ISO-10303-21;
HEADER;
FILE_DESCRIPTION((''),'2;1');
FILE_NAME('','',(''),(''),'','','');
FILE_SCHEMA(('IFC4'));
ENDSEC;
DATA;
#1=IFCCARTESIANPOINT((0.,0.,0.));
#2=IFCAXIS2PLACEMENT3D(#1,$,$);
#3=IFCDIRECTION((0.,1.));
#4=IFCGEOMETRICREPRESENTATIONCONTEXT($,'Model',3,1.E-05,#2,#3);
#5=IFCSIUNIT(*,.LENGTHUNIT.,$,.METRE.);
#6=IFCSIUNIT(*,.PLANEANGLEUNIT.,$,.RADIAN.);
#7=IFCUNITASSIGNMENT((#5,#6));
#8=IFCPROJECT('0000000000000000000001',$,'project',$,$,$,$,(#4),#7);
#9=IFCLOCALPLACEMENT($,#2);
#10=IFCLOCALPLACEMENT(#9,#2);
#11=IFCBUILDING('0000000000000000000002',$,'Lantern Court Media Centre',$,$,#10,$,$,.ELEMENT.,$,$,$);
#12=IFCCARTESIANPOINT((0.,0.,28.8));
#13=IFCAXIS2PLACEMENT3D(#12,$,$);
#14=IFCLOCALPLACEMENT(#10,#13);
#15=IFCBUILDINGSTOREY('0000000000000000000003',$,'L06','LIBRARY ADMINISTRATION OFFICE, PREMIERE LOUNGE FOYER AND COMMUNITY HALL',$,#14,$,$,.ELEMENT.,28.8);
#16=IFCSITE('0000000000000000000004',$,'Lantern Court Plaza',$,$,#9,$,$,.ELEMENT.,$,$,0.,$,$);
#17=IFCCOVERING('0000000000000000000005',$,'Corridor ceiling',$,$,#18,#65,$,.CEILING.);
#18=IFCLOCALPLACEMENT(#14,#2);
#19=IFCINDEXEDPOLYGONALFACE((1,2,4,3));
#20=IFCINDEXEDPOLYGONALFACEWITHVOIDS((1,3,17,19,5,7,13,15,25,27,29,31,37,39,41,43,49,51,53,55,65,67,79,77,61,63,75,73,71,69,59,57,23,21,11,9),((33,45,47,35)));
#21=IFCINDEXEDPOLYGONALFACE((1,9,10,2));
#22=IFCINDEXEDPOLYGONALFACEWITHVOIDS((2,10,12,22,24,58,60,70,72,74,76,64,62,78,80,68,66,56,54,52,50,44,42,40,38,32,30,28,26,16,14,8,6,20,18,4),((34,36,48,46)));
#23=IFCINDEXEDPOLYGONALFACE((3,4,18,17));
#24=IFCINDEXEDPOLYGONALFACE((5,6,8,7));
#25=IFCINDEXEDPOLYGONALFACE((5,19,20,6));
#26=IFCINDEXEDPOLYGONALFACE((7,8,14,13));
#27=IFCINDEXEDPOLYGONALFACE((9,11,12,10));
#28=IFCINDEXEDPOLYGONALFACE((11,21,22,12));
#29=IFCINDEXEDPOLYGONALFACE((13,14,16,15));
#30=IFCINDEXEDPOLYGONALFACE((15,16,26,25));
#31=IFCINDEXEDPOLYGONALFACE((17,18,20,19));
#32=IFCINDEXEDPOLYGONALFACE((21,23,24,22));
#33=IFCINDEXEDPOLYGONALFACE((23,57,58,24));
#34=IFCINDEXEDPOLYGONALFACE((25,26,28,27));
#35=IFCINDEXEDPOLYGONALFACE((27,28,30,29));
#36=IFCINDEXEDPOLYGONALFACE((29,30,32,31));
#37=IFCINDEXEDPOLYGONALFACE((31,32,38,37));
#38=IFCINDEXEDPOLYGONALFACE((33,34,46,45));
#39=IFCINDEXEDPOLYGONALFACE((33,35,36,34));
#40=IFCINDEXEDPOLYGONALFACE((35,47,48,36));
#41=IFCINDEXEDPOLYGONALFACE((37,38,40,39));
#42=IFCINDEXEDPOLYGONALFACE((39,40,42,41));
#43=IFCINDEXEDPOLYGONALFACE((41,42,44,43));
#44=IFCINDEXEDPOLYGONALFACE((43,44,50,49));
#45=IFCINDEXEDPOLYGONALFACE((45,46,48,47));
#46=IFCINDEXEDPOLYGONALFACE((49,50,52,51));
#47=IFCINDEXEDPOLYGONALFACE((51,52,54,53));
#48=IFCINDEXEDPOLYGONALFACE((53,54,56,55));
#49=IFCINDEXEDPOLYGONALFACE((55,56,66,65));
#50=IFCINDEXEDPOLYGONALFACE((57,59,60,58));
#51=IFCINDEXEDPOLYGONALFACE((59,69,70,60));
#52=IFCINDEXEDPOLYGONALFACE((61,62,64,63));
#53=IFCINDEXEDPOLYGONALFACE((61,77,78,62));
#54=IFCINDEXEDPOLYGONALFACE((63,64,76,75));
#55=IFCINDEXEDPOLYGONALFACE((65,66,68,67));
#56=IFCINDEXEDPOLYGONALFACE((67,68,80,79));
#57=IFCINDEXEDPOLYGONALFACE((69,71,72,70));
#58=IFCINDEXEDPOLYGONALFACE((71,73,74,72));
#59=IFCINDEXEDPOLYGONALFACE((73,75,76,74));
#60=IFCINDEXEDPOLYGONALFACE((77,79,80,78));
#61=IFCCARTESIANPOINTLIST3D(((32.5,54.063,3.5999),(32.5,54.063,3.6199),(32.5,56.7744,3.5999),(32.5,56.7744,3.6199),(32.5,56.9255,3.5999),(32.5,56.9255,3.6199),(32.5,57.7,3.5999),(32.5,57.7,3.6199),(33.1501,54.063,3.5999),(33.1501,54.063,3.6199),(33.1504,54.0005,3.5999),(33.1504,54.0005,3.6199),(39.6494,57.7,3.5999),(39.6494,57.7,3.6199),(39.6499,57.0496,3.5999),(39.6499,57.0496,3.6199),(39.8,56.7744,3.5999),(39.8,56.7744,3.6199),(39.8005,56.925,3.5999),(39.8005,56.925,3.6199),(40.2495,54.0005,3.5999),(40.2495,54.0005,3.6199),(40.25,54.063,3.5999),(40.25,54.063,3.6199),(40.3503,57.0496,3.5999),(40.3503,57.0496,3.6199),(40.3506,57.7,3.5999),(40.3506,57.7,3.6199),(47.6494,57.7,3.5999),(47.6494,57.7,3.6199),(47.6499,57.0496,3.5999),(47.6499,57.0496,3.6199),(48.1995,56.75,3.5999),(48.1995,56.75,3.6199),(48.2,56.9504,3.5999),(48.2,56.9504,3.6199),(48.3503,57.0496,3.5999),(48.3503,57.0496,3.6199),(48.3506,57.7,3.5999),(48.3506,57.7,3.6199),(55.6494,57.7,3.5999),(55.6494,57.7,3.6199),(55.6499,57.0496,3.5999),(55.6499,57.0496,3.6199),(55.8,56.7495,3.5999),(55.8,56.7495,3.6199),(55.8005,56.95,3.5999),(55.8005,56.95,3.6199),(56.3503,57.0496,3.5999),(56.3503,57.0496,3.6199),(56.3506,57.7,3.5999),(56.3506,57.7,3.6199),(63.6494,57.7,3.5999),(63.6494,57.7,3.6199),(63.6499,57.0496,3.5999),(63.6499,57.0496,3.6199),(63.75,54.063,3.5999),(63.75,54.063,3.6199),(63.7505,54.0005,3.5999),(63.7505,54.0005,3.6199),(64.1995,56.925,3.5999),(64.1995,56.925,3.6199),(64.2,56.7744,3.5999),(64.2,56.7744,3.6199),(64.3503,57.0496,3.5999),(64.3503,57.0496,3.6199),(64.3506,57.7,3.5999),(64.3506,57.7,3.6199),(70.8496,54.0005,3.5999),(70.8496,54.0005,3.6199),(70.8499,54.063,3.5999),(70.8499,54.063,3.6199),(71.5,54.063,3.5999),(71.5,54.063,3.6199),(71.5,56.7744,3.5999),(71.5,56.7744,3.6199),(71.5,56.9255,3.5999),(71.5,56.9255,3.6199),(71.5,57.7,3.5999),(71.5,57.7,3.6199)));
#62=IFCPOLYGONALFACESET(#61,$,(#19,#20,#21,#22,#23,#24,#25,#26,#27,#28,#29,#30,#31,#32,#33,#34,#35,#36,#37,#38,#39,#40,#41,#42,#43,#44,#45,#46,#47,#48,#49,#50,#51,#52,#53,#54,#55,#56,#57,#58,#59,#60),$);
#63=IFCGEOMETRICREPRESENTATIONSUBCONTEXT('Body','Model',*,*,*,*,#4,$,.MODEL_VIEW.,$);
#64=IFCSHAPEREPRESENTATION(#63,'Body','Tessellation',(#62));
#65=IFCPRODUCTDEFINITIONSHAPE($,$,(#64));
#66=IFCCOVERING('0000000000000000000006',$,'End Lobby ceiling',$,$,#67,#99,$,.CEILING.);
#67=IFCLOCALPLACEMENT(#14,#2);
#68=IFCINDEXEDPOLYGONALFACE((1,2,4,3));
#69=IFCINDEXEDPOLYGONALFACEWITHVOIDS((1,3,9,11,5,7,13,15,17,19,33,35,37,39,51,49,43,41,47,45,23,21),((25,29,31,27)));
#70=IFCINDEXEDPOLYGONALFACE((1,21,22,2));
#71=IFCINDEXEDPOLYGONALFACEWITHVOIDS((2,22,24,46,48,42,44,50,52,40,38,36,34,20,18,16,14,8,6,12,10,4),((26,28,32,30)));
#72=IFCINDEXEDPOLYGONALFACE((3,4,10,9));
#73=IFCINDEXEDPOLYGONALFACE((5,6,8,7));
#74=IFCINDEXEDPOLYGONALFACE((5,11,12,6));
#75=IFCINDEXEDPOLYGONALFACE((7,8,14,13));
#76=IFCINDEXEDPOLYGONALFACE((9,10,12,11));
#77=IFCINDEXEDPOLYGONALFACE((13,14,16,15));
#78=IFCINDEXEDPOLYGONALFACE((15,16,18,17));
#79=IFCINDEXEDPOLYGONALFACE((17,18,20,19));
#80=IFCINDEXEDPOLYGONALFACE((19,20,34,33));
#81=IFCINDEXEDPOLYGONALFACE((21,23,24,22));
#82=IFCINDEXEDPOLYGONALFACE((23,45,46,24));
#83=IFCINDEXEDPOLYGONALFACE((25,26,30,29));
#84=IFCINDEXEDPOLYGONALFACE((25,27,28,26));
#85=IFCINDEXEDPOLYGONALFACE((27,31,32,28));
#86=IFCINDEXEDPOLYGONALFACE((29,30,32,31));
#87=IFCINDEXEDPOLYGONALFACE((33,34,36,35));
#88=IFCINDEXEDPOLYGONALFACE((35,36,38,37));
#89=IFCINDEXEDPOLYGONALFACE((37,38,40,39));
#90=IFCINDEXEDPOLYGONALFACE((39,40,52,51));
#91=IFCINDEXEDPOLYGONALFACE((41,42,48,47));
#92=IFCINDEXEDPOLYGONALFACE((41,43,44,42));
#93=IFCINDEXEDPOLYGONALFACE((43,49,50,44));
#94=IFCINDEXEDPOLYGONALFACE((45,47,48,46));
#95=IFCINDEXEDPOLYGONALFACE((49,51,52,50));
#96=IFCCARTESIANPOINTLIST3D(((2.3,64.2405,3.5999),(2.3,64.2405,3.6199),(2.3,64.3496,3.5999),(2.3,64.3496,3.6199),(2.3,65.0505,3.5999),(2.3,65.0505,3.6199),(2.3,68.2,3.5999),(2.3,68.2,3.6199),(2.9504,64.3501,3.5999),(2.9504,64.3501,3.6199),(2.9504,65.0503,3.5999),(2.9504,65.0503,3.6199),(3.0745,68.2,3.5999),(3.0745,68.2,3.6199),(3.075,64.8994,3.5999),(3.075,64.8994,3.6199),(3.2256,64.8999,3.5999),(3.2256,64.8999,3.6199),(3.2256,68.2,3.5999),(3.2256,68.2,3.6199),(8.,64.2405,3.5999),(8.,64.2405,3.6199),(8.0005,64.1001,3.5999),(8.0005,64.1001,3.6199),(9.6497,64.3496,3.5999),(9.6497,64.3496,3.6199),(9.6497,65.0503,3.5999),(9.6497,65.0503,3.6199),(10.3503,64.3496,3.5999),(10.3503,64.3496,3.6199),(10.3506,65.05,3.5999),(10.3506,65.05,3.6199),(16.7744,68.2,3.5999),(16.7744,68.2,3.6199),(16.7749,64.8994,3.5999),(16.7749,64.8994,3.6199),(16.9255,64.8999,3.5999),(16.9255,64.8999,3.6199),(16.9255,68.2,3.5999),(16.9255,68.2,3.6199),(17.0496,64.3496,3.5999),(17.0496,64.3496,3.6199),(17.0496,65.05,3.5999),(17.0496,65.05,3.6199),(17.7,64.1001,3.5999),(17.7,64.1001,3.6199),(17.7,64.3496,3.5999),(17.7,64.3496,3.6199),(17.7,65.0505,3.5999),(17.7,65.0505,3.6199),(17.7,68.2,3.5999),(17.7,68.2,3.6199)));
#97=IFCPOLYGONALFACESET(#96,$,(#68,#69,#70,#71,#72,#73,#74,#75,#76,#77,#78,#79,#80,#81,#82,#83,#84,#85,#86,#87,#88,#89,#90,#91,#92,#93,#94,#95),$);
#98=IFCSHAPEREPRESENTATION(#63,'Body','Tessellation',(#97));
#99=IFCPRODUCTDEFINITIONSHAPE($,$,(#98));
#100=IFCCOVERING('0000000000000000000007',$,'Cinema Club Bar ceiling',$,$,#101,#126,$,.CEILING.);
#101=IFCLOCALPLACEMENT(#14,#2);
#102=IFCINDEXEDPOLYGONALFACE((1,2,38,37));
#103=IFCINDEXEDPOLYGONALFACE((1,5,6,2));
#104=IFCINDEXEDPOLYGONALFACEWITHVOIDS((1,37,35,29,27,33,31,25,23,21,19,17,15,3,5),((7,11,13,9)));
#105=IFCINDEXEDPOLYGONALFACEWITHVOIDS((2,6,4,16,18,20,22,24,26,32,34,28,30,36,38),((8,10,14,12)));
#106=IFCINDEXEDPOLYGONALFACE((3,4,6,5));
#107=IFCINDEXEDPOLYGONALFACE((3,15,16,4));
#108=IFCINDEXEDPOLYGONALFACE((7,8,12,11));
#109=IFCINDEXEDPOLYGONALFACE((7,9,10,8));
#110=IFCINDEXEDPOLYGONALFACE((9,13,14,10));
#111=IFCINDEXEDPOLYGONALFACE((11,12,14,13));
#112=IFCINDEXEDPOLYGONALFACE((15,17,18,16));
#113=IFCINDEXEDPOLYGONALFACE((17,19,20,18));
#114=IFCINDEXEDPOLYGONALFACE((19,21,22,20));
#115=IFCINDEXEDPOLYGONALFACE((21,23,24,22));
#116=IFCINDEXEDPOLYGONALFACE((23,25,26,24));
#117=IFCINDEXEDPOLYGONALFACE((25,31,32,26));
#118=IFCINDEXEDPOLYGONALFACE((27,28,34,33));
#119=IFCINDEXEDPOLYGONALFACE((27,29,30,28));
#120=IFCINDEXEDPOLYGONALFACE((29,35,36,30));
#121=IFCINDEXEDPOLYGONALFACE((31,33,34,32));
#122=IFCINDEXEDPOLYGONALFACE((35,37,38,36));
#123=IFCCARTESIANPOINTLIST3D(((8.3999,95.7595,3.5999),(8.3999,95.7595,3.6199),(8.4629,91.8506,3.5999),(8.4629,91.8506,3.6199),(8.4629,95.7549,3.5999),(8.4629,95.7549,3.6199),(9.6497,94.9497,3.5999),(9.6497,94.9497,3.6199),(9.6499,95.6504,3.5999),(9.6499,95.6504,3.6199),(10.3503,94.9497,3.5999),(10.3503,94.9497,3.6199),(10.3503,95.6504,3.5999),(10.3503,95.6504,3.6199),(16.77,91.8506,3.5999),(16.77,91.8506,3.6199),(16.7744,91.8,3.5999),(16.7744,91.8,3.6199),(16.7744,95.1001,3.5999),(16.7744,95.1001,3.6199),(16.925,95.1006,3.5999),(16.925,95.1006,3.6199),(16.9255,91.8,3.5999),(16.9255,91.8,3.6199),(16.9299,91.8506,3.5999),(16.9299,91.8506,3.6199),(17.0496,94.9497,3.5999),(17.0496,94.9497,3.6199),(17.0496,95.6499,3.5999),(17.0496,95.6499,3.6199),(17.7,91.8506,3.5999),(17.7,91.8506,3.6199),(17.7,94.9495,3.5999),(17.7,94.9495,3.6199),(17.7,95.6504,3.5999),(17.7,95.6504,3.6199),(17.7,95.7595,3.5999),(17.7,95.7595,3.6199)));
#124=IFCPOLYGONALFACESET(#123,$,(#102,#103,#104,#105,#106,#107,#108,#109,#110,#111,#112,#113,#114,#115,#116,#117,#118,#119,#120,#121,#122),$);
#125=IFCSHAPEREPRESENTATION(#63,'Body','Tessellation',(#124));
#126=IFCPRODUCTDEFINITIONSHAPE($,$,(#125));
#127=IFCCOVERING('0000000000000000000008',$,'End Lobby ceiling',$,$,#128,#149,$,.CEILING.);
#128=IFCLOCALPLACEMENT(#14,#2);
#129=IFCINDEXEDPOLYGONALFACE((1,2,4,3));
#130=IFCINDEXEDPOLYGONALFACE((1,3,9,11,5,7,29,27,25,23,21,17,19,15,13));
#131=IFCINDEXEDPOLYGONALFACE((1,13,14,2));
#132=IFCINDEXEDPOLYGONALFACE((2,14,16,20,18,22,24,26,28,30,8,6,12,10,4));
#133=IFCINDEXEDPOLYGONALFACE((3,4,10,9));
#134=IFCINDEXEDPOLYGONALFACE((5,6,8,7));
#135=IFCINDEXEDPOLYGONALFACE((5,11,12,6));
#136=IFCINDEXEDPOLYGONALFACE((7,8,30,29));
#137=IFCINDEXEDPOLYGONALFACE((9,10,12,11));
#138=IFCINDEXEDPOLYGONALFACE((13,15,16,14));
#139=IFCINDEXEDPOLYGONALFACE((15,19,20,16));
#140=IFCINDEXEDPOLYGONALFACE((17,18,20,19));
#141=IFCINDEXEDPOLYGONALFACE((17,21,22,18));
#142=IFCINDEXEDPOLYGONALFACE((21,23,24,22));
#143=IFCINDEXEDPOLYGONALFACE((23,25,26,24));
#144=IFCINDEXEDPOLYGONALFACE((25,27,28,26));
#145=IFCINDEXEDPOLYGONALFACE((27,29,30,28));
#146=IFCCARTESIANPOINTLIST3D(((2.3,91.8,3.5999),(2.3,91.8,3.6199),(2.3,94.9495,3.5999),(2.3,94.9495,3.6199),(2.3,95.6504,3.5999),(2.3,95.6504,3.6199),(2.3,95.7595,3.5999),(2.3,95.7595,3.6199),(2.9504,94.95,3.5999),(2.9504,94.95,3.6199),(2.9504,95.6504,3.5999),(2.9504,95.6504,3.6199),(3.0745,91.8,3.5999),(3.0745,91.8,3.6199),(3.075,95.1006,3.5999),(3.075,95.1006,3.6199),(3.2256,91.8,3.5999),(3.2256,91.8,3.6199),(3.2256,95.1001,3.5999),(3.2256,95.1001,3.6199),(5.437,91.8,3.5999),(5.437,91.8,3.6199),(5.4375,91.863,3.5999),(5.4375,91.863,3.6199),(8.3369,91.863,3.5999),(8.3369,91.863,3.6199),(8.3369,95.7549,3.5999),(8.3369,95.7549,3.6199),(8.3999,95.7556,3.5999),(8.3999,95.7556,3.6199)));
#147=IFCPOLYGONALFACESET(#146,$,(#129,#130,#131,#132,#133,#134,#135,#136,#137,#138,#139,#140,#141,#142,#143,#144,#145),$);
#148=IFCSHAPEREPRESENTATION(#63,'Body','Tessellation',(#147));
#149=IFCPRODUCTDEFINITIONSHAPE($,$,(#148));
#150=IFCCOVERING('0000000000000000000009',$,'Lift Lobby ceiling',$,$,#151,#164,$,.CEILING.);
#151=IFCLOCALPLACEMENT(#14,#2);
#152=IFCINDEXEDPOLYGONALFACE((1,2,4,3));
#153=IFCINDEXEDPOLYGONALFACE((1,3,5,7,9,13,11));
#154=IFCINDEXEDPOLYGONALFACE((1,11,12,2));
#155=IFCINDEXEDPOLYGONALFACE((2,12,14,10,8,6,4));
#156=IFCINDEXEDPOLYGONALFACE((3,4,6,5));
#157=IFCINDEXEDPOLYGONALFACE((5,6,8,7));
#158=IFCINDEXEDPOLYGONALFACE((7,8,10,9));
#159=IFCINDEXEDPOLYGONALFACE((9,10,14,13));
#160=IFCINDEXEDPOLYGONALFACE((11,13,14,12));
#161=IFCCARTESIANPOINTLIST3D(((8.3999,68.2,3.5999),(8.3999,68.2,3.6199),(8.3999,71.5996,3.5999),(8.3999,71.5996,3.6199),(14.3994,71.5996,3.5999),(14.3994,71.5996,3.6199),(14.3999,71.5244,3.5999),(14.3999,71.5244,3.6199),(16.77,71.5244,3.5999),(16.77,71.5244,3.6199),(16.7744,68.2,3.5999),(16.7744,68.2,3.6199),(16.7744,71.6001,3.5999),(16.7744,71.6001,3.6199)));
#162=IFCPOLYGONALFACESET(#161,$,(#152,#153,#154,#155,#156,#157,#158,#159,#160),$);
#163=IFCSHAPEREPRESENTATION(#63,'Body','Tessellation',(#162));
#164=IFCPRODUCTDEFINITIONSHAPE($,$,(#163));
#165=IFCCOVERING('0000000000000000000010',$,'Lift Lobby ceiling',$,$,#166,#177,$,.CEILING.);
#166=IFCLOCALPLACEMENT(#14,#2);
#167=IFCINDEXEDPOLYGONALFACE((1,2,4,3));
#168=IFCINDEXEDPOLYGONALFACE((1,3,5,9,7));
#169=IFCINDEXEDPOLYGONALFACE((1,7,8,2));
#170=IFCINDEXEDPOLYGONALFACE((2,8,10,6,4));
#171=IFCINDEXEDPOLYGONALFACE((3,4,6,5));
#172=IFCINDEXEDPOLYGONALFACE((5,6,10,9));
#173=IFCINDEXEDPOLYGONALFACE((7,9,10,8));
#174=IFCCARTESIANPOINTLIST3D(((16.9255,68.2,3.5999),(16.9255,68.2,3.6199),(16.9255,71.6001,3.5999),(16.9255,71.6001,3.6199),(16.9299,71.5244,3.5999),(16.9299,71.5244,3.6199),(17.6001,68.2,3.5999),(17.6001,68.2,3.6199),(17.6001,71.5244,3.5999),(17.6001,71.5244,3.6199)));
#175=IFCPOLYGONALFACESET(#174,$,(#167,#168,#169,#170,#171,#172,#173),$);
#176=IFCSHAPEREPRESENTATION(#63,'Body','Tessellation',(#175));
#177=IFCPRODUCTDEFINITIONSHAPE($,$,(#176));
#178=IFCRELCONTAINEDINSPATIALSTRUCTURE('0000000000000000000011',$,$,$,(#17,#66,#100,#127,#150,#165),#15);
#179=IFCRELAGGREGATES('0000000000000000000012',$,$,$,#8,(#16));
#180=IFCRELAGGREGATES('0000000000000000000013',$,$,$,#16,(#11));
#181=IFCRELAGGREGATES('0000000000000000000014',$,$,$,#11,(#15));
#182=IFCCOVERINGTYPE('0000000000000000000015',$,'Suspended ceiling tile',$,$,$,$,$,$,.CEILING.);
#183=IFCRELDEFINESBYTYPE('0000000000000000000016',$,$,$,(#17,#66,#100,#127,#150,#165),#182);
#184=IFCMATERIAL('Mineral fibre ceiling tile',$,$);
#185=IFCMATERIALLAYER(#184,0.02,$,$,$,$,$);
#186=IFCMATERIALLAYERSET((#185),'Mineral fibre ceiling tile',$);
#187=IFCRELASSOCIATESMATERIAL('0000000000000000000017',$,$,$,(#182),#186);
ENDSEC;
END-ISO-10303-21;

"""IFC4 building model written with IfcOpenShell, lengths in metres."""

from ifc_helpers import new_model, si_unit, direction, frame, origin, place, context, subcontext, project, spatial, polyline, outline, extrude, material, layer, layer_set, type_object, element, save


model = new_model("IFC4")

# Units and contexts
model_context = context("Model", 3, precision=1e-05, world=origin(), true_north=direction((0.0, 1.0)))
body_context = subcontext(model_context, "Body", "Model", "MODEL_VIEW")
ifc_project = project(units=[si_unit("LENGTHUNIT", "METRE"), si_unit("PLANEANGLEUNIT", "RADIAN")], contexts=[model_context])

# Site, building, storey
site_placement = place(None, origin())
site = spatial("IfcSite", under=ifc_project, at=site_placement, Name="Lantern Court Plaza", CompositionType="ELEMENT", RefElevation=0.0)
building_placement = place(site_placement, origin())
building = spatial("IfcBuilding", under=site, at=building_placement, Name="Lantern Court Media Centre", CompositionType="ELEMENT")
storey_placement = place(building_placement, frame((0.0, 0.0, 28.8)))
storey = spatial("IfcBuildingStorey", under=building, at=storey_placement, Name="L06", Description="LIBRARY ADMINISTRATION OFFICE, PREMIERE LOUNGE FOYER AND COMMUNITY HALL", CompositionType="ELEMENT", Elevation=28.8)

# Coverings
ifc_material_1 = material(Name="Mineral fibre ceiling tile")
ifc_layer_1 = layer(ifc_material_1, 0.02)
ifc_layer_set_1 = layer_set([ifc_layer_1], Name="Mineral fibre ceiling tile")
covering_type_1 = type_object("IfcCoveringType", Name="Suspended ceiling tile", PredefinedType="CEILING", material=ifc_layer_set_1)
covering_1_placement = place(storey_placement, frame((0.0, 0.0, 3.5999)))
element("IfcCovering", 1, at=covering_1_placement, inside=storey, type_object=covering_type_1, Name="Corridor ceiling", PredefinedType="CEILING", context=body_context, shape_type="SweptSolid", body=[
    extrude(outline(polyline([(71.5, 54.063), (70.8499, 54.063), (70.8496, 54.0005), (63.7505, 54.0005), (63.75, 54.063), (40.25, 54.063), (40.2495, 54.0005), (33.1504, 54.0005), (33.1501, 54.063), (32.5, 54.063), (32.5, 56.7744), (39.8, 56.7744), (39.8005, 56.925), (32.5, 56.9255), (32.5, 57.7), (39.6494, 57.7), (39.6499, 57.0496), (40.3503, 57.0496), (40.3506, 57.7), (47.6494, 57.7), (47.6499, 57.0496), (48.3503, 57.0496), (48.3506, 57.7), (55.6494, 57.7), (55.6499, 57.0496), (56.3503, 57.0496), (56.3506, 57.7), (63.6494, 57.7), (63.6499, 57.0496), (64.3503, 57.0496), (64.3506, 57.7), (71.5, 57.7), (71.5, 56.9255), (64.1995, 56.925), (64.2, 56.7744), (71.5, 56.7744), (71.5, 54.063)]), holes=[polyline([(48.1995, 56.75), (55.8, 56.7495), (55.8005, 56.95), (48.2, 56.9504), (48.1995, 56.75)])]), origin(), (0.0, 0.0, 1.0), 0.02),
])
covering_2_placement = place(storey_placement, frame((0.0, 0.0, 3.5999)))
element("IfcCovering", 2, at=covering_2_placement, inside=storey, type_object=covering_type_1, Name="End Lobby ceiling", PredefinedType="CEILING", context=body_context, shape_type="SweptSolid", body=[
    extrude(outline(polyline([(17.7, 64.1001), (8.0005, 64.1001), (8.0, 64.2405), (2.3, 64.2405), (2.3, 64.3496), (2.9504, 64.3501), (2.9504, 65.0503), (2.3, 65.0505), (2.3, 68.2), (3.0745, 68.2), (3.075, 64.8994), (3.2256, 64.8999), (3.2256, 68.2), (16.7744, 68.2), (16.7749, 64.8994), (16.9255, 64.8999), (16.9255, 68.2), (17.7, 68.2), (17.7, 65.0505), (17.0496, 65.05), (17.0496, 64.3496), (17.7, 64.3496), (17.7, 64.1001)]), holes=[polyline([(10.3506, 65.05), (9.6497, 65.0503), (9.6497, 64.3496), (10.3503, 64.3496), (10.3506, 65.05)])]), origin(), (0.0, 0.0, 1.0), 0.02),
])
covering_3_placement = place(storey_placement, frame((0.0, 0.0, 3.5999)))
element("IfcCovering", 3, at=covering_3_placement, inside=storey, type_object=covering_type_1, Name="Cinema Club Bar ceiling", PredefinedType="CEILING", context=body_context, shape_type="SweptSolid", body=[
    extrude(outline(polyline([(17.7, 91.8506), (16.9299, 91.8506), (16.9255, 91.8), (16.925, 95.1006), (16.7744, 95.1001), (16.7744, 91.8), (16.77, 91.8506), (8.4629, 91.8506), (8.4629, 95.7549), (8.3999, 95.7595), (17.7, 95.7595), (17.7, 95.6504), (17.0496, 95.6499), (17.0496, 94.9497), (17.7, 94.9495), (17.7, 91.8506)]), holes=[polyline([(9.6499, 95.6504), (9.6497, 94.9497), (10.3503, 94.9497), (10.3503, 95.6504), (9.6499, 95.6504)])]), origin(), (0.0, 0.0, 1.0), 0.02),
])
covering_4_placement = place(storey_placement, frame((0.0, 0.0, 3.5999)))
element("IfcCovering", 4, at=covering_4_placement, inside=storey, type_object=covering_type_1, Name="End Lobby ceiling", PredefinedType="CEILING", context=body_context, shape_type="SweptSolid", body=[
    extrude(outline(polyline([(8.3999, 95.7556), (8.3369, 95.7549), (8.3369, 91.863), (5.4375, 91.863), (5.437, 91.8), (3.2256, 91.8), (3.2256, 95.1001), (3.075, 95.1006), (3.0745, 91.8), (2.3, 91.8), (2.3, 94.9495), (2.9504, 94.95), (2.9504, 95.6504), (2.3, 95.6504), (2.3, 95.7595), (8.3999, 95.7556)])), origin(), (0.0, 0.0, 1.0), 0.02),
])
covering_5_placement = place(storey_placement, frame((0.0, 0.0, 3.5999)))
element("IfcCovering", 5, at=covering_5_placement, inside=storey, type_object=covering_type_1, Name="Lift Lobby ceiling", PredefinedType="CEILING", context=body_context, shape_type="SweptSolid", body=[
    extrude(outline(polyline([(16.7744, 71.6001), (16.7744, 68.2), (8.3999, 68.2), (8.3999, 71.5996), (14.3994, 71.5996), (14.3999, 71.5244), (16.77, 71.5244), (16.7744, 71.6001)])), origin(), (0.0, 0.0, 1.0), 0.02),
])
covering_6_placement = place(storey_placement, frame((0.0, 0.0, 3.5999)))
element("IfcCovering", 6, at=covering_6_placement, inside=storey, type_object=covering_type_1, Name="Lift Lobby ceiling", PredefinedType="CEILING", context=body_context, shape_type="SweptSolid", body=[
    extrude(outline(polyline([(17.6001, 68.2), (16.9255, 68.2), (16.9255, 71.6001), (16.9299, 71.5244), (17.6001, 71.5244), (17.6001, 68.2)])), origin(), (0.0, 0.0, 1.0), 0.02),
])

save(model, "model.ifc")
